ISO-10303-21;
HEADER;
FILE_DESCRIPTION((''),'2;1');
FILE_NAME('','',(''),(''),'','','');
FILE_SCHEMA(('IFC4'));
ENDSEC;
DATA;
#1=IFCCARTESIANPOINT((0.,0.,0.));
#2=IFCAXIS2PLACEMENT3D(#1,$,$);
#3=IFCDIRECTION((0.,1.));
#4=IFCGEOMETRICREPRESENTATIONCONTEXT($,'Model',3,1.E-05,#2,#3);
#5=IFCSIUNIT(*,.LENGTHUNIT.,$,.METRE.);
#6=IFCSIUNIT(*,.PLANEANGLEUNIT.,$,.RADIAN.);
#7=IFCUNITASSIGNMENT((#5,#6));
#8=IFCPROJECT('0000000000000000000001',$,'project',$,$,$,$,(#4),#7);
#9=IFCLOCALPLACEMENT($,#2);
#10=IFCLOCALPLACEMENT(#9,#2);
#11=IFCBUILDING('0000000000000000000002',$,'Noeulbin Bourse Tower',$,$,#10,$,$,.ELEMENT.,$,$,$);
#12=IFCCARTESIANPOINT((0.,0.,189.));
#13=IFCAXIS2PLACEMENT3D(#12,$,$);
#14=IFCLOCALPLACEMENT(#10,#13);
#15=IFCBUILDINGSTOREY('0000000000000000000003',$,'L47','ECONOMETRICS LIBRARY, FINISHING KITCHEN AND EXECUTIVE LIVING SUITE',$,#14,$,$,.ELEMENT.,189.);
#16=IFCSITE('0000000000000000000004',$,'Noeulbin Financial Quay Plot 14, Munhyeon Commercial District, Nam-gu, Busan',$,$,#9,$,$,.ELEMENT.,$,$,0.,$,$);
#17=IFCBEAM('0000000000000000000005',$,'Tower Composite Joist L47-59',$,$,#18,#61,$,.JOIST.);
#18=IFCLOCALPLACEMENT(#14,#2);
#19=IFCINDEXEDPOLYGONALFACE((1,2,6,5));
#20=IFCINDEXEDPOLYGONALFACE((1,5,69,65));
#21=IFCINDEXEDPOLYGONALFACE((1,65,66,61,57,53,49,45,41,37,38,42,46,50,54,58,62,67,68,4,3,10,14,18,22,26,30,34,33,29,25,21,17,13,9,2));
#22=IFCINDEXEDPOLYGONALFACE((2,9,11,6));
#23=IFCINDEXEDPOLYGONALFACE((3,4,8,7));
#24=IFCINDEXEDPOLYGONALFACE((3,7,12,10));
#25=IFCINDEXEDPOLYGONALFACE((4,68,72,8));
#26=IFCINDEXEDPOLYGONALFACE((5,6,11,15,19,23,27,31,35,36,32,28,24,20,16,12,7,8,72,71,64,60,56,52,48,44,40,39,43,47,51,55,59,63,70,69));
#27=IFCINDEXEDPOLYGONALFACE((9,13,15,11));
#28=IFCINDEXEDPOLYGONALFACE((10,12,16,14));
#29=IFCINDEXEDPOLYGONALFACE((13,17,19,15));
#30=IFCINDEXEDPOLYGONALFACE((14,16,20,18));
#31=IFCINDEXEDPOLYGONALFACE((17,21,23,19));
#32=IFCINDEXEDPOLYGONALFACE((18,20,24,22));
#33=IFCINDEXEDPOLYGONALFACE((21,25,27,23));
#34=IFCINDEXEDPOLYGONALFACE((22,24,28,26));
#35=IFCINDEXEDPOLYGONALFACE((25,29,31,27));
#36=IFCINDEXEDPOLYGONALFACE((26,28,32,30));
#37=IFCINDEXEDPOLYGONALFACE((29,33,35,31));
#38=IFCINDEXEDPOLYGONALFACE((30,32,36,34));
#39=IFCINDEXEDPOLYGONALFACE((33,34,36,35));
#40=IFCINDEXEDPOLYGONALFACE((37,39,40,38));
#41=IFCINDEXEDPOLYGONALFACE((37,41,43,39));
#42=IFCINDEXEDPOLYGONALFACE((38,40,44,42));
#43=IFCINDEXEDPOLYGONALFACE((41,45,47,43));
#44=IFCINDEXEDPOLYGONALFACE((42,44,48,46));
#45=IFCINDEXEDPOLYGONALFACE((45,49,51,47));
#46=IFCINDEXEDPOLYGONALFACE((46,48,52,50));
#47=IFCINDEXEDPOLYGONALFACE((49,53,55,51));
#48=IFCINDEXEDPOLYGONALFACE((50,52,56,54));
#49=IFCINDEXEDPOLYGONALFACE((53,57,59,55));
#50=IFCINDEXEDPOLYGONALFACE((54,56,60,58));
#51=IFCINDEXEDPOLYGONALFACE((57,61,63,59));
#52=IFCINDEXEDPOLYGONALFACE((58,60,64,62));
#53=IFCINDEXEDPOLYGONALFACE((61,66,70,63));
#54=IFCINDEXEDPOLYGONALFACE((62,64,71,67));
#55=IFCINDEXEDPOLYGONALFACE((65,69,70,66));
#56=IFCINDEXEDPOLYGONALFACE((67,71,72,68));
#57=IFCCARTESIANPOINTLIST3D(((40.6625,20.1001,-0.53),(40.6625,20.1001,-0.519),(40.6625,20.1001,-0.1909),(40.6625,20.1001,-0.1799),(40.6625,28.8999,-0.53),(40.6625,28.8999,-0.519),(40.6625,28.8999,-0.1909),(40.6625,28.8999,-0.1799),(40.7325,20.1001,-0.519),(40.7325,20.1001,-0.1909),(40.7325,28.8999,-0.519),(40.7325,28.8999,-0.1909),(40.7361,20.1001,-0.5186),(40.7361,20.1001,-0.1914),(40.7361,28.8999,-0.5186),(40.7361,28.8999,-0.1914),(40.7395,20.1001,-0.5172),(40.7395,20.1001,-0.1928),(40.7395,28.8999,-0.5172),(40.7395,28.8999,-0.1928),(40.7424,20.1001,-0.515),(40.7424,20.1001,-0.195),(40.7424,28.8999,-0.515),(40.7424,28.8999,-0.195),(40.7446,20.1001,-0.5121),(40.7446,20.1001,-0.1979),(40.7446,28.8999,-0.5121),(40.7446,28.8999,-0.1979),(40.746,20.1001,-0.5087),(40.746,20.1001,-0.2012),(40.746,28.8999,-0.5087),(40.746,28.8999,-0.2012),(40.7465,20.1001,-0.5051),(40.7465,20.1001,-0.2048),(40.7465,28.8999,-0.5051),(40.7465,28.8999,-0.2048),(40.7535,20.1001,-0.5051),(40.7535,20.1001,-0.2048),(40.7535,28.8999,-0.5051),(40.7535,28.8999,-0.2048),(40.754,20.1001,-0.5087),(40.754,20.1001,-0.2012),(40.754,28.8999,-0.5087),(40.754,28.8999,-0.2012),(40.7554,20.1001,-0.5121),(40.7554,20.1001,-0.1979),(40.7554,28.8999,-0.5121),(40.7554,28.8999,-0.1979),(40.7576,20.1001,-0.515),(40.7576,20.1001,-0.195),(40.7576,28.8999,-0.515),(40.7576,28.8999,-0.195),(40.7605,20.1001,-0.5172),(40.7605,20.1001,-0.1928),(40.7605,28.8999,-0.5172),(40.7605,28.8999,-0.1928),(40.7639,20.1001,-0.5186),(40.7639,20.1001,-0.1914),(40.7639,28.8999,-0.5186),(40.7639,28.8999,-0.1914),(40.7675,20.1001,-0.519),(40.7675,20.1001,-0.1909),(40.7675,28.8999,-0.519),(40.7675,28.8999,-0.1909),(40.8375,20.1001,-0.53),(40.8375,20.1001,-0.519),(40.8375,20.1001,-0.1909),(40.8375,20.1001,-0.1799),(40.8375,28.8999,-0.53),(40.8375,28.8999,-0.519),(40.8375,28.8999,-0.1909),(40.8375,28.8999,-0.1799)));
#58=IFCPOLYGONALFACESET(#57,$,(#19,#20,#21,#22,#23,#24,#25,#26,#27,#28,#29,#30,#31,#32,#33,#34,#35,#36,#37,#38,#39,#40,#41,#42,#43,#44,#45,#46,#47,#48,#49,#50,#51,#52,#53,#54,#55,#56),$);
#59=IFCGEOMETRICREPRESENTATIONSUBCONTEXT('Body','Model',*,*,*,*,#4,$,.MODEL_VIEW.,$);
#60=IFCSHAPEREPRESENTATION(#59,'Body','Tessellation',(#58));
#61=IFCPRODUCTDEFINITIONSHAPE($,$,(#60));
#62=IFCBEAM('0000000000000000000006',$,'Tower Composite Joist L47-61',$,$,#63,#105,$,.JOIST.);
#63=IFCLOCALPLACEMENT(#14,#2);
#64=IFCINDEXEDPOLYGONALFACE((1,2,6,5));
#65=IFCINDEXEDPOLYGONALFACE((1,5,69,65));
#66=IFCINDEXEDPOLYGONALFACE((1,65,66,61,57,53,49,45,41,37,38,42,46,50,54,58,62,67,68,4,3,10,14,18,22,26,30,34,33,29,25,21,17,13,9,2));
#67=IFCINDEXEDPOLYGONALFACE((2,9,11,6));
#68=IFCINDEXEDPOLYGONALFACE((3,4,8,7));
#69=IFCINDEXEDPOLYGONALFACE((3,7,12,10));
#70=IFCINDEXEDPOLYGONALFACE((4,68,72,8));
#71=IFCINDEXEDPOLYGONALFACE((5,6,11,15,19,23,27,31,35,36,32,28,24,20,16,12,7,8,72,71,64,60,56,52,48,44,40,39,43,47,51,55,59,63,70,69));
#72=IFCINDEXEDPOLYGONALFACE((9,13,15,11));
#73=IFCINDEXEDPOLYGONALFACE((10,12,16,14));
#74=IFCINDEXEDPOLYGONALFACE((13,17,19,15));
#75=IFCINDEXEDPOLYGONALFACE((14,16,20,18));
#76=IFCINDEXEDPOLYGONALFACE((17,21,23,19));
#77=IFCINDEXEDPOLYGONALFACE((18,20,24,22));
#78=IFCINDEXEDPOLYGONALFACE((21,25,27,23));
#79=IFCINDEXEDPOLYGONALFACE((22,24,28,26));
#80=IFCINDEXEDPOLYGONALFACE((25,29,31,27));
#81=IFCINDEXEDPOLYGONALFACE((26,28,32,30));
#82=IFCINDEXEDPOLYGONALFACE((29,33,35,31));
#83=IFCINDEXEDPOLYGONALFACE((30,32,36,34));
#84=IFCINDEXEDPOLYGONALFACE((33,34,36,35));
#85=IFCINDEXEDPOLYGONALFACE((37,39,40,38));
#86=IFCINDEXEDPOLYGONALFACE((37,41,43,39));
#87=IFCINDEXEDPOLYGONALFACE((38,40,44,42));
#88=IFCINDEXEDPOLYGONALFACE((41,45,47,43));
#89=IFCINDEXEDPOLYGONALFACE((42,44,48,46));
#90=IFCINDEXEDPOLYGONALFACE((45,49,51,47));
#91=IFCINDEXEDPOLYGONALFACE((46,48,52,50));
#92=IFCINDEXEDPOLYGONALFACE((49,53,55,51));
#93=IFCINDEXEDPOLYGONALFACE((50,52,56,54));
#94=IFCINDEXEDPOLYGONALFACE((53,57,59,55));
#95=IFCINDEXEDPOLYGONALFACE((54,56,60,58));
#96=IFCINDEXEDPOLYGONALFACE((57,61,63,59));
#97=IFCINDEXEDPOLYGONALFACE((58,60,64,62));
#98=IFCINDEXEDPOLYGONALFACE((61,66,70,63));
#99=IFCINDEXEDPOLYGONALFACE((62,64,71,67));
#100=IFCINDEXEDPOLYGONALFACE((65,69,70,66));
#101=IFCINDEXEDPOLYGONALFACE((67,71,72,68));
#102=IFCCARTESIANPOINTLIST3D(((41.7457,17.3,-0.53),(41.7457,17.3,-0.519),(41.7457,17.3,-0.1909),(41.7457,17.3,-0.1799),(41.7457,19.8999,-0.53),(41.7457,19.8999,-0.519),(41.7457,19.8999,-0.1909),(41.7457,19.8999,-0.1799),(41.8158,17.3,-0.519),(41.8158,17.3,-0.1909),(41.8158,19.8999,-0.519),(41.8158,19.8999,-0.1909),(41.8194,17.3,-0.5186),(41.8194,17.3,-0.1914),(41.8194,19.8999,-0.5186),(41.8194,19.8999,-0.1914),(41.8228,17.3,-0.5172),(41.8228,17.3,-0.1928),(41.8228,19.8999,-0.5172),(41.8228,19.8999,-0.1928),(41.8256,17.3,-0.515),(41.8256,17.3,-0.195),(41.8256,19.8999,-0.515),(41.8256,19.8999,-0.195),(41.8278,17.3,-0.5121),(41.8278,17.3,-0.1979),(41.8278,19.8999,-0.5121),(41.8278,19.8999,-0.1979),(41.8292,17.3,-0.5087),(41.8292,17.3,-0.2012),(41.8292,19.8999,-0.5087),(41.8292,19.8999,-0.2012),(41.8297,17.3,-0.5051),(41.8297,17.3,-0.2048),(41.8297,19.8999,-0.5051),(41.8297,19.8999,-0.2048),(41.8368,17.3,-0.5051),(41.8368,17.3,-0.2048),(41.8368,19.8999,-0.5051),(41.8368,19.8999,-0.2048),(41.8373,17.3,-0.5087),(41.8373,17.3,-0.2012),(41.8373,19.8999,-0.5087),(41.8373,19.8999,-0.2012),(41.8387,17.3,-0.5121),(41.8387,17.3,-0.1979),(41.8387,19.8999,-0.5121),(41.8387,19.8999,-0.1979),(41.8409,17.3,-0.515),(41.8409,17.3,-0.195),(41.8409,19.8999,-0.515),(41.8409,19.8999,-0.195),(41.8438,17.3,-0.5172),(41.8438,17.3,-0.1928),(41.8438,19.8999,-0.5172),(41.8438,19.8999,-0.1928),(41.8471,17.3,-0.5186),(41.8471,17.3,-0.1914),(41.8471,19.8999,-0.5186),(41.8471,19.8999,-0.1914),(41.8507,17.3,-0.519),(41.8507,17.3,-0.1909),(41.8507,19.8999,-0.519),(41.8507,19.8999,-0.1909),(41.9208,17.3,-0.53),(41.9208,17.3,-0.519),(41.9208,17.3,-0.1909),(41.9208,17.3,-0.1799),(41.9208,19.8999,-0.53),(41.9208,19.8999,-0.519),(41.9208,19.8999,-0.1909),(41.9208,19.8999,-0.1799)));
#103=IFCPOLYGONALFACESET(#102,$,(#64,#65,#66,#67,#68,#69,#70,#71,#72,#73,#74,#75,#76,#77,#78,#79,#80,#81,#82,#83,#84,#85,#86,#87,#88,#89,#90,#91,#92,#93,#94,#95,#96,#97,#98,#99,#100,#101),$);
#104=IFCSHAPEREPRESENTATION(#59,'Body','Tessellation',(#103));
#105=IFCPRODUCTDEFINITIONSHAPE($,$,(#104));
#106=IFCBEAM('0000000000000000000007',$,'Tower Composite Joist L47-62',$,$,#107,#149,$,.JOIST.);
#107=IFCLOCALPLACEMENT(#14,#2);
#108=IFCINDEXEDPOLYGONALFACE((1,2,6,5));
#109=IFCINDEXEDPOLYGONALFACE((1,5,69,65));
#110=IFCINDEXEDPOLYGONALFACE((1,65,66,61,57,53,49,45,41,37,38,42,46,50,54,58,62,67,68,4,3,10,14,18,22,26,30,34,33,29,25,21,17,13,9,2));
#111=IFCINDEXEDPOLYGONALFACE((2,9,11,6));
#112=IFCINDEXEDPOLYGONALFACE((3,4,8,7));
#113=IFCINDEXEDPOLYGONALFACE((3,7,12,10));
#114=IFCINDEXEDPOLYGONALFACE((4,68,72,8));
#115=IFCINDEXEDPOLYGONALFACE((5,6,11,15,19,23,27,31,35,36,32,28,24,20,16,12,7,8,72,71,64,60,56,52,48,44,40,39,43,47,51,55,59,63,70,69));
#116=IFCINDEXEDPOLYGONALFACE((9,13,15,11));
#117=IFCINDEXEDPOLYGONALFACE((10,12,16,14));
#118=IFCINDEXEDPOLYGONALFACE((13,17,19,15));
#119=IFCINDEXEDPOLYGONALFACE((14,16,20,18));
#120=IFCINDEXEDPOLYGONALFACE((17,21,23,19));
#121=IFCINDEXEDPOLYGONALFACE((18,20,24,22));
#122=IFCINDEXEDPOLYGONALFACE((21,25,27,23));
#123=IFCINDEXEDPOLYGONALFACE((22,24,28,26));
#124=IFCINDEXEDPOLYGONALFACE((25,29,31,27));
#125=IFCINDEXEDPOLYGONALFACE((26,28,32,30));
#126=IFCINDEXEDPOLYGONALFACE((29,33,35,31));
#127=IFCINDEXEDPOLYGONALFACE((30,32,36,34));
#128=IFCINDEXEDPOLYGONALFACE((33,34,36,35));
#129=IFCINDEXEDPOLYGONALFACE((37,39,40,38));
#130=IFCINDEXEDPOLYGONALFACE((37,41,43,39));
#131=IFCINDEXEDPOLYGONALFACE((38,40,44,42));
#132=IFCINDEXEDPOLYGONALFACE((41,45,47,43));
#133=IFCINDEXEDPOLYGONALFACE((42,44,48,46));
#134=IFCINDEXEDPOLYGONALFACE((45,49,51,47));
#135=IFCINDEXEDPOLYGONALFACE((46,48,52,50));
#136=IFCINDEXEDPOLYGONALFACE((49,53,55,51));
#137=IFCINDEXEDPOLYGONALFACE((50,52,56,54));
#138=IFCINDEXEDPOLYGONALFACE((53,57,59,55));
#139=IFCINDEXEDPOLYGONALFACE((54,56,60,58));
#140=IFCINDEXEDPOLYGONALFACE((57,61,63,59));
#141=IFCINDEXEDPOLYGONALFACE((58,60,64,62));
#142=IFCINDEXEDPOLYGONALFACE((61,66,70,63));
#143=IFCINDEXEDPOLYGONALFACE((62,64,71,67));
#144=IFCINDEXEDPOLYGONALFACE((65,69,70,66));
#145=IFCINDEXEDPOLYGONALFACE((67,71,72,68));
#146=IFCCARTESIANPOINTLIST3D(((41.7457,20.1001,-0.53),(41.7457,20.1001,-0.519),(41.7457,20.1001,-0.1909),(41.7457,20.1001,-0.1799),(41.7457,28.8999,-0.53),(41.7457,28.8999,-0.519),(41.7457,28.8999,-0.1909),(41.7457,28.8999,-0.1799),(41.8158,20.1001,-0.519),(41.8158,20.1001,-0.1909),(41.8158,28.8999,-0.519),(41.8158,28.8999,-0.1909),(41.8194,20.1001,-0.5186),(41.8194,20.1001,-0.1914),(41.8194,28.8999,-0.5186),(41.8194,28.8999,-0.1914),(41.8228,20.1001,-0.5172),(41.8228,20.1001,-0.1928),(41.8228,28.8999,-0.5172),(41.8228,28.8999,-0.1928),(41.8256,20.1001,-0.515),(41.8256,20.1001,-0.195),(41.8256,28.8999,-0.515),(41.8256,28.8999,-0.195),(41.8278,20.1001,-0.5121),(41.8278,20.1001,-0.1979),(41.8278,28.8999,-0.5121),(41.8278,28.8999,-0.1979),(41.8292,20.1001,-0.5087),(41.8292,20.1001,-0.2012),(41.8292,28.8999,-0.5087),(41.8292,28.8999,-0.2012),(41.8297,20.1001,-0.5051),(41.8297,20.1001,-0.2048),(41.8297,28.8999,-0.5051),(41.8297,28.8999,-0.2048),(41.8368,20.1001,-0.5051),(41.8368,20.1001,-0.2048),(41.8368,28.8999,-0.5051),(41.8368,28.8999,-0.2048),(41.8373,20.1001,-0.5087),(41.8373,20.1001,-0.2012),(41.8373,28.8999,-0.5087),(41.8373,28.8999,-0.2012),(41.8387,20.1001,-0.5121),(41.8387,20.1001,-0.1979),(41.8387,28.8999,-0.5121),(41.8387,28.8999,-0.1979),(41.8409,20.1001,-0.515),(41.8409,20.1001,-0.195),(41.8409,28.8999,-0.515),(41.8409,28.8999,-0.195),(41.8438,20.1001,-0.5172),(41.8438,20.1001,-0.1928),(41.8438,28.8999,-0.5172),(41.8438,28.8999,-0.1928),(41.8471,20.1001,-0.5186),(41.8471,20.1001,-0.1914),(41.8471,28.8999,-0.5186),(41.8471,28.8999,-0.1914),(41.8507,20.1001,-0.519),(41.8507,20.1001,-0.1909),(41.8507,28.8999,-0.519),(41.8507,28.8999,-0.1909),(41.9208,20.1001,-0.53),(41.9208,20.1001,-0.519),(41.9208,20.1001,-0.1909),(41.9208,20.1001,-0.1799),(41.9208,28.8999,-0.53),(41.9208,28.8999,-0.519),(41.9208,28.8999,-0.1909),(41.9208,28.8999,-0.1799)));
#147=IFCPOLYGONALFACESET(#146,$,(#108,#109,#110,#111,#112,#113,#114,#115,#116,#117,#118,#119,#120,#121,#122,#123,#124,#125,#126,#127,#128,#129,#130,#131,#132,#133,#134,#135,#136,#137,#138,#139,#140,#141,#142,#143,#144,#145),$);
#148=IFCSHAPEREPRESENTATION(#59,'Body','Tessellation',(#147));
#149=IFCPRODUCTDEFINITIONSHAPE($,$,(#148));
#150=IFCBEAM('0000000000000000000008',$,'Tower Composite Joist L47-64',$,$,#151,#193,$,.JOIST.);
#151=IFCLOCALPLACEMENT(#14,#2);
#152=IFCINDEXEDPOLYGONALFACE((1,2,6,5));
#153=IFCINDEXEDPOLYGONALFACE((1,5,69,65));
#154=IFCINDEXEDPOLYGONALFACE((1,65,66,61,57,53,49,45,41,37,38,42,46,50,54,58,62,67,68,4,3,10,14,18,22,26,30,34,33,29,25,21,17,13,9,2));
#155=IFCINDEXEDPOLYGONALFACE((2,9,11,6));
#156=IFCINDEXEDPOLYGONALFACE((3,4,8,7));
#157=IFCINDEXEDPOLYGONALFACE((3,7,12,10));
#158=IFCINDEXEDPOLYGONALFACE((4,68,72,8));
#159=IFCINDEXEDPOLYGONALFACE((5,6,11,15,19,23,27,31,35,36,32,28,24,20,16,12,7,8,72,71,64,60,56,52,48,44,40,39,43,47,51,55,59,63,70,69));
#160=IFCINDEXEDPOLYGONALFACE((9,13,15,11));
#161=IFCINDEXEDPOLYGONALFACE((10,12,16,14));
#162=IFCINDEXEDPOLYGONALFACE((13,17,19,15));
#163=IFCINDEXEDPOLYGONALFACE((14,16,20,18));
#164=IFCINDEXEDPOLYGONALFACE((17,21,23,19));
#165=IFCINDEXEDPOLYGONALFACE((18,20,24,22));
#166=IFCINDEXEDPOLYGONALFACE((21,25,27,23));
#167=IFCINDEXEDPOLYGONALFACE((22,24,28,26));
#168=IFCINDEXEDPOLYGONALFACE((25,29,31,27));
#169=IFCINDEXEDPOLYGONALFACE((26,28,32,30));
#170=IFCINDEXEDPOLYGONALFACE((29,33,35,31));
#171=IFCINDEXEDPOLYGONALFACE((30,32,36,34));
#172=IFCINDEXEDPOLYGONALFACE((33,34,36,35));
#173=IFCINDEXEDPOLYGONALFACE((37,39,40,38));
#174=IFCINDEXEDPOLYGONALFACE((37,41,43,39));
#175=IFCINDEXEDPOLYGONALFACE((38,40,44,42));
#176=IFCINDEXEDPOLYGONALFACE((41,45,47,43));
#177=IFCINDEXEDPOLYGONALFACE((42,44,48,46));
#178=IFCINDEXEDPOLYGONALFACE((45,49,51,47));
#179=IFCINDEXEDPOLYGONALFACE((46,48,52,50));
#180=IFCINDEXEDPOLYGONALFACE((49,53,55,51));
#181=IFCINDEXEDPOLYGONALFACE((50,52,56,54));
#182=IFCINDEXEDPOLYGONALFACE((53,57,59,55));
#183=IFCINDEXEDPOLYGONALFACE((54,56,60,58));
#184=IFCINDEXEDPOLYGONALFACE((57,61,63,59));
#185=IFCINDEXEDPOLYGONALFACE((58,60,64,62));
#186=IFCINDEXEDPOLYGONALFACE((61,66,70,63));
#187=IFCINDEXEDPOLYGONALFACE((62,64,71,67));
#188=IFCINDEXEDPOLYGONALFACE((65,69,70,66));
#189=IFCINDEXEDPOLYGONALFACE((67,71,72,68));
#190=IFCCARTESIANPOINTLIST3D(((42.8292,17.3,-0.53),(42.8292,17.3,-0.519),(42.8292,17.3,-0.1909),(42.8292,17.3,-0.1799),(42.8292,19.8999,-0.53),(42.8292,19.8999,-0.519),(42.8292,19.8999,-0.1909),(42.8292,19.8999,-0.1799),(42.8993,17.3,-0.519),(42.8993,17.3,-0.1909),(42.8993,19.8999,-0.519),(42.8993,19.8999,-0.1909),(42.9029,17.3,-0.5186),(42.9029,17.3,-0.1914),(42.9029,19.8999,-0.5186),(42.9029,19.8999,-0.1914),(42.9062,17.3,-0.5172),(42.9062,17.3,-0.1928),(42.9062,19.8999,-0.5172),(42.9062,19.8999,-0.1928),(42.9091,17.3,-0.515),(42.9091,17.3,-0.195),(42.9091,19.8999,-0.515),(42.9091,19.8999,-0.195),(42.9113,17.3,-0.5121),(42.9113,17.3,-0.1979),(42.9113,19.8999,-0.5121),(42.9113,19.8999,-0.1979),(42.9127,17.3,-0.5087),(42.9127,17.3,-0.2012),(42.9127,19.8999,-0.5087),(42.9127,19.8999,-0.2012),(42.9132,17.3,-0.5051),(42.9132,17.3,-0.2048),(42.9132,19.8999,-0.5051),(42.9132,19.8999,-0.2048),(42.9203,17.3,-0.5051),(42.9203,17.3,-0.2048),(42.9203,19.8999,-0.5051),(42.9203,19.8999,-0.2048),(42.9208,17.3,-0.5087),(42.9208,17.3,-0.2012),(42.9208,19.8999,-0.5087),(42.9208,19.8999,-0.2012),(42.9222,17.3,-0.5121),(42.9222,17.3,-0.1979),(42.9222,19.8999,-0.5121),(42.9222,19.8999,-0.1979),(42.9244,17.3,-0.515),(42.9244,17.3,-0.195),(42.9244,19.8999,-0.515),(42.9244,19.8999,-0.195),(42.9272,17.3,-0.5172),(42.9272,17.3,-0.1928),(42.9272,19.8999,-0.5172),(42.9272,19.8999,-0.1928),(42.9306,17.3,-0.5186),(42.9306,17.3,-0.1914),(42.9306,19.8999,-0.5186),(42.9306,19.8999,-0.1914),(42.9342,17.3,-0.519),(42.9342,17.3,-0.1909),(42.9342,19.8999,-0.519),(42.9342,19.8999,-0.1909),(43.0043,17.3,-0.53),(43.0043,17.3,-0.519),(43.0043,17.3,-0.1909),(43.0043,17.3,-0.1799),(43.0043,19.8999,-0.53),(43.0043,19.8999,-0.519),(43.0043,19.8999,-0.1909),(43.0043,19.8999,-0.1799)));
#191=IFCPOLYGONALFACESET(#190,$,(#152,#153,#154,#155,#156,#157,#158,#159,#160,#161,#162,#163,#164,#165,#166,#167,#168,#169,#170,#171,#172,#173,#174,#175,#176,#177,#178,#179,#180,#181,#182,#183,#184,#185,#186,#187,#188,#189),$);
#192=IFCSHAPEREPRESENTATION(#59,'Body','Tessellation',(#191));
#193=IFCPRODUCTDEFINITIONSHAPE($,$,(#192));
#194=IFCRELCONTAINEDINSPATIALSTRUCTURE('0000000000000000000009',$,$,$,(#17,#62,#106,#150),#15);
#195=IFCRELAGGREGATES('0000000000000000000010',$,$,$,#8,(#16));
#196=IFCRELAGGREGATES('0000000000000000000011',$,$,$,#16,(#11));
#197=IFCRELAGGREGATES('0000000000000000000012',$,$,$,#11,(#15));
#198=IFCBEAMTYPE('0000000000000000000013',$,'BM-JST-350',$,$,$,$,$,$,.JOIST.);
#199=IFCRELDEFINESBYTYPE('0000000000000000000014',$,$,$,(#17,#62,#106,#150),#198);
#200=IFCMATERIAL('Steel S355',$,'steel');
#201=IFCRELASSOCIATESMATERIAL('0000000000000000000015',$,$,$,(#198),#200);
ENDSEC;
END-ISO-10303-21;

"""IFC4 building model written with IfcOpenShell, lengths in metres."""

from ifc_helpers import new_model, si_unit, direction, frame, origin, origin_2d, place, context, subcontext, project, spatial, i_section, extrude, material, material_profile, profile_set, type_object, element, save


model = new_model("IFC4")

# Units and contexts
model_context = context("Model", 3, precision=1e-05, world=origin(), true_north=direction((0.0, 1.0)))
body_context = subcontext(model_context, "Body", "Model", "MODEL_VIEW")
ifc_project = project(units=[si_unit("LENGTHUNIT", "METRE"), si_unit("PLANEANGLEUNIT", "RADIAN")], contexts=[model_context])

# Site, building, storey
site_placement = place(None, origin())
site = spatial("IfcSite", under=ifc_project, at=site_placement, Name="Noeulbin Financial Quay Plot 14, Munhyeon Commercial District, Nam-gu, Busan", CompositionType="ELEMENT", RefElevation=0.0)
building_placement = place(site_placement, origin())
building = spatial("IfcBuilding", under=site, at=building_placement, Name="Noeulbin Bourse Tower", CompositionType="ELEMENT")
storey_placement = place(building_placement, frame((0.0, 0.0, 189.0)))
storey = spatial("IfcBuildingStorey", under=building, at=storey_placement, Name="L47", Description="ECONOMETRICS LIBRARY, FINISHING KITCHEN AND EXECUTIVE LIVING SUITE", CompositionType="ELEMENT", Elevation=189.0)

# Shared definitions
ifc_material_1 = material(Name="Steel S355", Category="steel")

# Beams
ifc_material_profile_1 = material_profile(ifc_material_1, i_section(OverallWidth=0.175, OverallDepth=0.3501, WebThickness=0.0071, FlangeThickness=0.011, FilletRadius=0.0139, at=origin_2d()), Name="H-350x175x7x11", Category="LoadBearing")
ifc_profile_set_1 = profile_set([ifc_material_profile_1], Name="Steel S355")
beam_type_1 = type_object("IfcBeamType", Name="BM-JST-350", PredefinedType="JOIST", material=ifc_profile_set_1)
beam_1_placement = place(storey_placement, frame((40.75, 20.1001, -0.355), z_axis=(0.0, 1.0, 0.0), x_axis=(-1.0, 0.0, 0.0)))
element("IfcBeam", 1, at=beam_1_placement, inside=storey, type_object=beam_type_1, Name="Tower Composite Joist L47-59", PredefinedType="JOIST", context=body_context, shape_type="SweptSolid", body=[
    extrude(i_section(OverallWidth=0.175, OverallDepth=0.3501, WebThickness=0.0071, FlangeThickness=0.011, FilletRadius=0.0139, at=origin_2d()), origin(), (0.0, 0.0, 1.0), 8.7998),
])
beam_2_placement = place(storey_placement, frame((41.8333, 17.3, -0.355), z_axis=(0.0, 1.0, 0.0), x_axis=(-1.0, 0.0, 0.0)))
element("IfcBeam", 2, at=beam_2_placement, inside=storey, type_object=beam_type_1, Name="Tower Composite Joist L47-61", PredefinedType="JOIST", context=body_context, shape_type="SweptSolid", body=[
    extrude(i_section(OverallWidth=0.175, OverallDepth=0.3501, WebThickness=0.0071, FlangeThickness=0.011, FilletRadius=0.0139, at=origin_2d()), origin(), (0.0, 0.0, 1.0), 2.5999),
])
beam_3_placement = place(storey_placement, frame((41.8333, 20.1001, -0.355), z_axis=(0.0, 1.0, 0.0), x_axis=(-1.0, 0.0, 0.0)))
element("IfcBeam", 3, at=beam_3_placement, inside=storey, type_object=beam_type_1, Name="Tower Composite Joist L47-62", PredefinedType="JOIST", context=body_context, shape_type="SweptSolid", body=[
    extrude(i_section(OverallWidth=0.175, OverallDepth=0.3501, WebThickness=0.0071, FlangeThickness=0.011, FilletRadius=0.0139, at=origin_2d()), origin(), (0.0, 0.0, 1.0), 8.7998),
])
beam_4_placement = place(storey_placement, frame((42.9167, 17.3, -0.355), z_axis=(0.0, 1.0, 0.0), x_axis=(-1.0, 0.0, 0.0)))
element("IfcBeam", 4, at=beam_4_placement, inside=storey, type_object=beam_type_1, Name="Tower Composite Joist L47-64", PredefinedType="JOIST", context=body_context, shape_type="SweptSolid", body=[
    extrude(i_section(OverallWidth=0.175, OverallDepth=0.3501, WebThickness=0.0071, FlangeThickness=0.011, FilletRadius=0.0139, at=origin_2d()), origin(), (0.0, 0.0, 1.0), 2.5999),
])

save(model, "model.ifc")
